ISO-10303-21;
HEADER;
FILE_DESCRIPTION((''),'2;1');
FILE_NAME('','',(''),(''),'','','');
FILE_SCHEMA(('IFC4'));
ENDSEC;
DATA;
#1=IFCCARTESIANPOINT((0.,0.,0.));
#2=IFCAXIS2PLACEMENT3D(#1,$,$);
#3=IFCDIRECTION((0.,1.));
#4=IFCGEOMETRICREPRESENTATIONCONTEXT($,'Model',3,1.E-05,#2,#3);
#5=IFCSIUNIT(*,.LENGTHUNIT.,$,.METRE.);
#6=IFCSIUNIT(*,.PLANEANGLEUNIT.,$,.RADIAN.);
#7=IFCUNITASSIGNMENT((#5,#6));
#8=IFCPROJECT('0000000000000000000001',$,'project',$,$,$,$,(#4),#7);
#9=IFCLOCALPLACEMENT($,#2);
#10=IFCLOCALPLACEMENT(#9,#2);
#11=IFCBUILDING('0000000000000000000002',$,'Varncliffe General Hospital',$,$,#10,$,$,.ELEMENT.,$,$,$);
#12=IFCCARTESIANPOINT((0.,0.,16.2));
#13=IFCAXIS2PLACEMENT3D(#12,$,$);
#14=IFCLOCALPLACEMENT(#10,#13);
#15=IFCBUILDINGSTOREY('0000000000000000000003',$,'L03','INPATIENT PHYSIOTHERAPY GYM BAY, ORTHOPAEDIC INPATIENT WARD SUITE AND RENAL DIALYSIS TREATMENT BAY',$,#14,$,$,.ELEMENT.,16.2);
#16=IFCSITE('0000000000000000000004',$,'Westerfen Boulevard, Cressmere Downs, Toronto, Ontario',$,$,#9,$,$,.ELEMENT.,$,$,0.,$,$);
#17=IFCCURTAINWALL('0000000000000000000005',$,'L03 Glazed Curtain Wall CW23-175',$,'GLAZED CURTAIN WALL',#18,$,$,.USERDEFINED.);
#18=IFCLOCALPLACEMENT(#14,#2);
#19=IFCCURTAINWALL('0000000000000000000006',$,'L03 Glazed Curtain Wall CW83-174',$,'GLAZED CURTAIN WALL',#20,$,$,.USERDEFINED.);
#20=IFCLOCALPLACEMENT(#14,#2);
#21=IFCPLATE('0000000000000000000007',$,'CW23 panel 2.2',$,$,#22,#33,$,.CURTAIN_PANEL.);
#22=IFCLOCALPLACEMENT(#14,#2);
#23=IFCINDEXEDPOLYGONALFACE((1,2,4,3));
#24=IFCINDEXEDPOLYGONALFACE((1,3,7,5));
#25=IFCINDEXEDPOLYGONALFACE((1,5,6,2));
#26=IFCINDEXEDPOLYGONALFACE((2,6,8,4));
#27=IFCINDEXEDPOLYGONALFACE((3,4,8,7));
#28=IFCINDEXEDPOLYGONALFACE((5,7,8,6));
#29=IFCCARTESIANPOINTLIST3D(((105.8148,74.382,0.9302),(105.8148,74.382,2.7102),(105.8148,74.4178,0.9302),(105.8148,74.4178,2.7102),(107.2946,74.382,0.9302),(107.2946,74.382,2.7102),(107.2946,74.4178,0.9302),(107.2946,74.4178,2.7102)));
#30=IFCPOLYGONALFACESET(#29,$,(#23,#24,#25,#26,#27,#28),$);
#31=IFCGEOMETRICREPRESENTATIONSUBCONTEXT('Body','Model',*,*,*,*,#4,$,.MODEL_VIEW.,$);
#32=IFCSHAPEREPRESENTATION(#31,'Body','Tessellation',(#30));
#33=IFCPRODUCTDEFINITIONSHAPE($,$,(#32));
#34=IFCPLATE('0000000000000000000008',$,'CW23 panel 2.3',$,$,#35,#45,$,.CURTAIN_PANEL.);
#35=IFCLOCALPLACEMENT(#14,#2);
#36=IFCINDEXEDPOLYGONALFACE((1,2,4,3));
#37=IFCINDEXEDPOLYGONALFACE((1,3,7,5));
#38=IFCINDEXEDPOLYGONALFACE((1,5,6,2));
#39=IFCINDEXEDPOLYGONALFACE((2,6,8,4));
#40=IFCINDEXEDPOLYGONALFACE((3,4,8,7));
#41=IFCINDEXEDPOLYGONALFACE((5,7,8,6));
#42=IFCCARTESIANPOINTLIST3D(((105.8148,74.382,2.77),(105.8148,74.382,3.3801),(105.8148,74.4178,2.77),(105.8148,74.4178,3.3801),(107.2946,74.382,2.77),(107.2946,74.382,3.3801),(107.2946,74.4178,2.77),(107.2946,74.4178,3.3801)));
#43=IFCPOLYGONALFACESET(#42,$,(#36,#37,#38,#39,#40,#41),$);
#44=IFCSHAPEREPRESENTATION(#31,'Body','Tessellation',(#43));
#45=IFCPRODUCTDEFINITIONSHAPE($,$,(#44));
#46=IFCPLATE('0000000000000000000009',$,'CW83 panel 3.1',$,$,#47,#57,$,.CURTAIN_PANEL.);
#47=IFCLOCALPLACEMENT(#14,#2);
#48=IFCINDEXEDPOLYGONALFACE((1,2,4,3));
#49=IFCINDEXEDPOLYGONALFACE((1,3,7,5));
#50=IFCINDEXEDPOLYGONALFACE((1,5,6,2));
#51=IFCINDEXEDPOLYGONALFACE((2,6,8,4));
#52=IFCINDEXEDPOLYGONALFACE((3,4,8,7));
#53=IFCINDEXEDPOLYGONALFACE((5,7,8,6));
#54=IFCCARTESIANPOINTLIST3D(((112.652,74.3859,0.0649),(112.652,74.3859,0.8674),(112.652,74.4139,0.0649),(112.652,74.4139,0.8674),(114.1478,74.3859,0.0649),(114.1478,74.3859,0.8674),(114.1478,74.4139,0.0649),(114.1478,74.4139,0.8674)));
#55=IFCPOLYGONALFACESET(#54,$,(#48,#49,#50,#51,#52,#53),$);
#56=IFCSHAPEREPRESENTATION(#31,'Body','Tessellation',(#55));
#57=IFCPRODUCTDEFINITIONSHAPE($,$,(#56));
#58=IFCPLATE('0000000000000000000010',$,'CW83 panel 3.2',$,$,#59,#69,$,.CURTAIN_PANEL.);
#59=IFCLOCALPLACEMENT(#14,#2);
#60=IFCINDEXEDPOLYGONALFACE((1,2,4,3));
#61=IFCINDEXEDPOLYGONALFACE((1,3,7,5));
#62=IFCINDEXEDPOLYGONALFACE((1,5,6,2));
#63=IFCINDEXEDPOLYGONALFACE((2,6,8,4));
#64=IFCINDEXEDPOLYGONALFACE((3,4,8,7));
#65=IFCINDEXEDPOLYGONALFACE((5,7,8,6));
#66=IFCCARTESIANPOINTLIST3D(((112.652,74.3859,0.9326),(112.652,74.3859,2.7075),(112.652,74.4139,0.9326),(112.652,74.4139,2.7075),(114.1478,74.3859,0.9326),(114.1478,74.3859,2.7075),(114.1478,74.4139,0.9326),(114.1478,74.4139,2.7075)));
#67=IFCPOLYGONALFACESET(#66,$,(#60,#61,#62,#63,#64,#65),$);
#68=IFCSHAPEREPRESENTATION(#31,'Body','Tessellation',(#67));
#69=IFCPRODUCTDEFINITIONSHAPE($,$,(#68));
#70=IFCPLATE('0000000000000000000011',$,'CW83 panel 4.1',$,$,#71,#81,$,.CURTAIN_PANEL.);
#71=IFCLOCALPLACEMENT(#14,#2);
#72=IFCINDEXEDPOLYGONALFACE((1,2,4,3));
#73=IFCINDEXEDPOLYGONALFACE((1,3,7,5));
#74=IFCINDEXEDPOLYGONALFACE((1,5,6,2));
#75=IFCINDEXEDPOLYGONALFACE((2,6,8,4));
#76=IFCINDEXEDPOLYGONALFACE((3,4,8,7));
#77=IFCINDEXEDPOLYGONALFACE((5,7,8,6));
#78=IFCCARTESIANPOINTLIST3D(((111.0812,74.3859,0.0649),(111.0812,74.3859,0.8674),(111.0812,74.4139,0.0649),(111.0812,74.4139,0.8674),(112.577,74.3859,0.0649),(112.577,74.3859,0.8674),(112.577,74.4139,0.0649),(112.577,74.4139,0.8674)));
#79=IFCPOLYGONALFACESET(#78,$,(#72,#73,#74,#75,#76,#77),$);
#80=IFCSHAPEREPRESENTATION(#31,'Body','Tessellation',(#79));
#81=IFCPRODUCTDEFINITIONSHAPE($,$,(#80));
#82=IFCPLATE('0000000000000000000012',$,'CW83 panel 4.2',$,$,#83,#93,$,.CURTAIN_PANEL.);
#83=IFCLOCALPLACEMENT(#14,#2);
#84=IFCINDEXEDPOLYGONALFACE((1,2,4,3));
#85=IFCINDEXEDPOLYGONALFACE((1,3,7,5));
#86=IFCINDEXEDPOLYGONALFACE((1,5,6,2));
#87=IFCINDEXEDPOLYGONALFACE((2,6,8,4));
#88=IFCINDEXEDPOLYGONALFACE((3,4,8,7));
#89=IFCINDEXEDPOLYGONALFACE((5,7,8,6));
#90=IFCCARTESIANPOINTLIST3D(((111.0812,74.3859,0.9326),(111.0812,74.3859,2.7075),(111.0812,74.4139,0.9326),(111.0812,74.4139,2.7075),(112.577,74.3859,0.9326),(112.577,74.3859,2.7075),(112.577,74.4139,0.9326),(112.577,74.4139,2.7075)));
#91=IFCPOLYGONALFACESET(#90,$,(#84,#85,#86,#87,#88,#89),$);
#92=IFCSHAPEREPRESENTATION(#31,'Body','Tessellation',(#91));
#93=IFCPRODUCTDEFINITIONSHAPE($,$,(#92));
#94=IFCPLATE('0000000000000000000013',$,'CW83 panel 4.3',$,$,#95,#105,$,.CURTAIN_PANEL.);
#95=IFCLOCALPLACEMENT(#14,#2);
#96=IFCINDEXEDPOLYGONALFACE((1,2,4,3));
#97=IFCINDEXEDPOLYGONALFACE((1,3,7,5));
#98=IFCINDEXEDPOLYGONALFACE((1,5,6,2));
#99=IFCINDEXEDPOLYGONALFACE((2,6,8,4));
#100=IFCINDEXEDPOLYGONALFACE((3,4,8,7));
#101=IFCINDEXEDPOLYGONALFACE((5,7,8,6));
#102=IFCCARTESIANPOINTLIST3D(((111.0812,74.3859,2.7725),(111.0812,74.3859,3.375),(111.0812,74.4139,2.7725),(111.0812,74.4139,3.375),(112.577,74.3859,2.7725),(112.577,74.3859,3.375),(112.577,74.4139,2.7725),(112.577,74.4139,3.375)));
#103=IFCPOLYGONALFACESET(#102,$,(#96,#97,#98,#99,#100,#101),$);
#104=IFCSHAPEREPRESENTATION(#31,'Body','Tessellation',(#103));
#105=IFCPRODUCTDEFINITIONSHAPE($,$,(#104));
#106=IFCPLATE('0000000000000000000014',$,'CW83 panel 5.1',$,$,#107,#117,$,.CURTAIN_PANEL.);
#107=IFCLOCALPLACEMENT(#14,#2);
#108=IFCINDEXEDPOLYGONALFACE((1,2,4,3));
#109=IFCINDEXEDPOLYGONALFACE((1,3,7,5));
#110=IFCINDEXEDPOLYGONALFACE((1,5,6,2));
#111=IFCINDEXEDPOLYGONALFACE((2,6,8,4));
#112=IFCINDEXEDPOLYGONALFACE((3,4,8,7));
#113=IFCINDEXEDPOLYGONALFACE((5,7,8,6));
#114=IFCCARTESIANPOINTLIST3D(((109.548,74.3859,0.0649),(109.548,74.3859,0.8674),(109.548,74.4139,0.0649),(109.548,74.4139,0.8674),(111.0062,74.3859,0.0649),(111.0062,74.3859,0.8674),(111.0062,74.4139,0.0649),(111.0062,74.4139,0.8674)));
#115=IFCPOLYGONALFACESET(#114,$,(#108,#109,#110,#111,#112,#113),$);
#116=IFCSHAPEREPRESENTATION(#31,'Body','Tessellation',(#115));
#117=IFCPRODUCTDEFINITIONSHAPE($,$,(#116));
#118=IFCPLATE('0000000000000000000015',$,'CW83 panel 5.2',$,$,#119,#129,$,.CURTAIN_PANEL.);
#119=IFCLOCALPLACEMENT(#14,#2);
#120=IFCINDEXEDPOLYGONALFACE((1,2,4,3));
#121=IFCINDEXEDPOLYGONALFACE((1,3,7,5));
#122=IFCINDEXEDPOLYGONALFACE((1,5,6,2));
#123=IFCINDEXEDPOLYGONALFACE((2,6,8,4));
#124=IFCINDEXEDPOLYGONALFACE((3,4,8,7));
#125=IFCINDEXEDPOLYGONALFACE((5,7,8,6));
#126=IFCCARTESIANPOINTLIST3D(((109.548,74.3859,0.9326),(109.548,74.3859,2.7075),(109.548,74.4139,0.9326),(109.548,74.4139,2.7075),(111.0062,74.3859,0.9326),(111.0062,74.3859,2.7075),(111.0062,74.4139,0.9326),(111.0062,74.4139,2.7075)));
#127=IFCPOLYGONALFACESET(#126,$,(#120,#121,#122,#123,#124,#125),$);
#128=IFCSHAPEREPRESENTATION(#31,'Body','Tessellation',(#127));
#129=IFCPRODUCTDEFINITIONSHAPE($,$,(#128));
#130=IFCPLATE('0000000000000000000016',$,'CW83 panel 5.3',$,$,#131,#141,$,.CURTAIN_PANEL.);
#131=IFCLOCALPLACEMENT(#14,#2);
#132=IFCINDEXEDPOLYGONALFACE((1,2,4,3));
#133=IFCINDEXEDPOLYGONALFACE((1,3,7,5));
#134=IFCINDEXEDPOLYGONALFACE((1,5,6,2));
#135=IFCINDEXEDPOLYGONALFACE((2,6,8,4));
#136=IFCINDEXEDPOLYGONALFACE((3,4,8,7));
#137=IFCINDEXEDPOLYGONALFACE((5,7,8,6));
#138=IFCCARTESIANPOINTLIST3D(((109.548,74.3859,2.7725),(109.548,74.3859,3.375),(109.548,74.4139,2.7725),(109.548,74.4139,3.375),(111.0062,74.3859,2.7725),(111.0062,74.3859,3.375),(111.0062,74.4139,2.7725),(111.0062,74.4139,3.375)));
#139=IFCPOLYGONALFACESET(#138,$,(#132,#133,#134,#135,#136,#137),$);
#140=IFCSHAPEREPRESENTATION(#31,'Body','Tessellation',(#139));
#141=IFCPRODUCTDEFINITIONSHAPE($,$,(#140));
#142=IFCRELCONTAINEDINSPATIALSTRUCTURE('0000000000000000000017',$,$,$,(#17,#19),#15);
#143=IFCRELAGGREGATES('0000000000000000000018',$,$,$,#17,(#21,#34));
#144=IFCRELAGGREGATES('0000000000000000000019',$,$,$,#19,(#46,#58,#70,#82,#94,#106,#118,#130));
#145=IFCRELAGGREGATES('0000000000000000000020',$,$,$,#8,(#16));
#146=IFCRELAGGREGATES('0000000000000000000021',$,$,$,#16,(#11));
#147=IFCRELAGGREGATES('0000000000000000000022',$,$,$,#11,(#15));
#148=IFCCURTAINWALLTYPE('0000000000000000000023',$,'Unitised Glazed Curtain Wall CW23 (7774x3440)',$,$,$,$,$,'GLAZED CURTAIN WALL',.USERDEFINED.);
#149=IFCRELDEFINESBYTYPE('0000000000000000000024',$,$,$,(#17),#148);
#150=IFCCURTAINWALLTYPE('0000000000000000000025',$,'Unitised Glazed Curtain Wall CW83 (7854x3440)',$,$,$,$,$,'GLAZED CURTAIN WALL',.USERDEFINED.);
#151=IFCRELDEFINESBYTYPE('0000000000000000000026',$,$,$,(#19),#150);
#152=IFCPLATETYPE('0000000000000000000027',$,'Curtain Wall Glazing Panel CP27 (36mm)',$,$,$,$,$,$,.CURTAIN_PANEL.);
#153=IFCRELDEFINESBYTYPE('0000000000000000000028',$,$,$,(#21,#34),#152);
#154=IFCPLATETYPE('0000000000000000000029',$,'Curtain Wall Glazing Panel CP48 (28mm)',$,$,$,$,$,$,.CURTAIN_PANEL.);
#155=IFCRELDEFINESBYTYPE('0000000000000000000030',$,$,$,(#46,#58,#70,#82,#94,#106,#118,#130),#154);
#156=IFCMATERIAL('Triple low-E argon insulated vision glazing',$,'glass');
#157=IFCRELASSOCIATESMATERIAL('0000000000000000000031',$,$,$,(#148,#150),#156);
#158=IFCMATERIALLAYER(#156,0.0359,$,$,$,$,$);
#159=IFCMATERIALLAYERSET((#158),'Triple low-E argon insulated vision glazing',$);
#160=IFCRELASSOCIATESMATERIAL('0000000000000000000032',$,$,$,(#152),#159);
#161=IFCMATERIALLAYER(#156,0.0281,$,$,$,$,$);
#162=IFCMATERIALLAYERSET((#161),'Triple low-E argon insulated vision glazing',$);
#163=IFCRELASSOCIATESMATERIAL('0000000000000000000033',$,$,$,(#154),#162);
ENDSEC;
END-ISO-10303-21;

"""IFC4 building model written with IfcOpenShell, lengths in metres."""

from ifc_helpers import new_model, si_unit, direction, frame, origin, origin_2d, place, context, subcontext, project, spatial, rectangle, extrude, material, layer, layer_set, type_object, element, aggregate, save


model = new_model("IFC4")

# Units and contexts
model_context = context("Model", 3, precision=1e-05, world=origin(), true_north=direction((0.0, 1.0)))
body_context = subcontext(model_context, "Body", "Model", "MODEL_VIEW")
ifc_project = project(units=[si_unit("LENGTHUNIT", "METRE"), si_unit("PLANEANGLEUNIT", "RADIAN")], contexts=[model_context])

# Site, building, storey
site_placement = place(None, origin())
site = spatial("IfcSite", under=ifc_project, at=site_placement, Name="Westerfen Boulevard, Cressmere Downs, Toronto, Ontario", CompositionType="ELEMENT", RefElevation=0.0)
building_placement = place(site_placement, origin())
building = spatial("IfcBuilding", under=site, at=building_placement, Name="Varncliffe General Hospital", CompositionType="ELEMENT")
storey_placement = place(building_placement, frame((0.0, 0.0, 16.2)))
storey = spatial("IfcBuildingStorey", under=building, at=storey_placement, Name="L03", Description="INPATIENT PHYSIOTHERAPY GYM BAY, ORTHOPAEDIC INPATIENT WARD SUITE AND RENAL DIALYSIS TREATMENT BAY", CompositionType="ELEMENT", Elevation=16.2)

# Curtain walls
ifc_material_1 = material(Name="Triple low-E argon insulated vision glazing", Category="glass")
curtain_wall_type_1 = type_object("IfcCurtainWallType", Name="Unitised Glazed Curtain Wall CW23 (7774x3440)", ElementType="GLAZED CURTAIN WALL", PredefinedType="USERDEFINED", material=ifc_material_1)
curtain_wall_1_placement = place(storey_placement, origin())
curtain_wall_1 = element("IfcCurtainWall", 1, at=curtain_wall_1_placement, inside=storey, type_object=curtain_wall_type_1, Name="L03 Glazed Curtain Wall CW23-175", ObjectType="GLAZED CURTAIN WALL", PredefinedType="USERDEFINED")
curtain_wall_type_2 = type_object("IfcCurtainWallType", Name="Unitised Glazed Curtain Wall CW83 (7854x3440)", ElementType="GLAZED CURTAIN WALL", PredefinedType="USERDEFINED", material=ifc_material_1)
curtain_wall_2_placement = place(storey_placement, origin())
curtain_wall_2 = element("IfcCurtainWall", 2, at=curtain_wall_2_placement, inside=storey, type_object=curtain_wall_type_2, Name="L03 Glazed Curtain Wall CW83-174", ObjectType="GLAZED CURTAIN WALL", PredefinedType="USERDEFINED")

# Plates
ifc_layer_1 = layer(ifc_material_1, 0.0359)
ifc_layer_set_1 = layer_set([ifc_layer_1], Name="Triple low-E argon insulated vision glazing")
plate_type_1 = type_object("IfcPlateType", Name="Curtain Wall Glazing Panel CP27 (36mm)", PredefinedType="CURTAIN_PANEL", material=ifc_layer_set_1)
plate_1_placement = place(storey_placement, frame((106.5547, 74.3999, 0.9302), z_axis=(0.0, 0.0, 1.0), x_axis=(-1.0, 0.0, 0.0)))
plate_1 = element("IfcPlate", 3, at=plate_1_placement, type_object=plate_type_1, Name="CW23 panel 2.2", PredefinedType="CURTAIN_PANEL", context=body_context, shape_type="SweptSolid", body=[
    extrude(rectangle(XDim=1.4797, YDim=0.0359, at=origin_2d()), origin(), (0.0, 0.0, 1.0), 1.78),
])
plate_2_placement = place(storey_placement, frame((106.5547, 74.3999, 2.77), z_axis=(0.0, 0.0, 1.0), x_axis=(-1.0, 0.0, 0.0)))
plate_2 = element("IfcPlate", 4, at=plate_2_placement, type_object=plate_type_1, Name="CW23 panel 2.3", PredefinedType="CURTAIN_PANEL", context=body_context, shape_type="SweptSolid", body=[
    extrude(rectangle(XDim=1.4797, YDim=0.0359, at=origin_2d()), origin(), (0.0, 0.0, 1.0), 0.6101),
])
aggregate(curtain_wall_1, [plate_1, plate_2])
ifc_layer_2 = layer(ifc_material_1, 0.0281)
ifc_layer_set_2 = layer_set([ifc_layer_2], Name="Triple low-E argon insulated vision glazing")
plate_type_2 = type_object("IfcPlateType", Name="Curtain Wall Glazing Panel CP48 (28mm)", PredefinedType="CURTAIN_PANEL", material=ifc_layer_set_2)
plate_3_placement = place(storey_placement, frame((113.3999, 74.3999, 0.0649), z_axis=(0.0, 0.0, 1.0), x_axis=(-1.0, 0.0, 0.0)))
plate_3 = element("IfcPlate", 5, at=plate_3_placement, type_object=plate_type_2, Name="CW83 panel 3.1", PredefinedType="CURTAIN_PANEL", context=body_context, shape_type="SweptSolid", body=[
    extrude(rectangle(XDim=1.4958, YDim=0.0281, at=origin_2d()), origin(), (0.0, 0.0, 1.0), 0.8025),
])
plate_4_placement = place(storey_placement, frame((113.3999, 74.3999, 0.9326), z_axis=(0.0, 0.0, 1.0), x_axis=(-1.0, 0.0, 0.0)))
plate_4 = element("IfcPlate", 6, at=plate_4_placement, type_object=plate_type_2, Name="CW83 panel 3.2", PredefinedType="CURTAIN_PANEL", context=body_context, shape_type="SweptSolid", body=[
    extrude(rectangle(XDim=1.4958, YDim=0.0281, at=origin_2d()), origin(), (0.0, 0.0, 1.0), 1.7749),
])
plate_5_placement = place(storey_placement, frame((111.8291, 74.3999, 0.0649), z_axis=(0.0, 0.0, 1.0), x_axis=(-1.0, 0.0, 0.0)))
plate_5 = element("IfcPlate", 7, at=plate_5_placement, type_object=plate_type_2, Name="CW83 panel 4.1", PredefinedType="CURTAIN_PANEL", context=body_context, shape_type="SweptSolid", body=[
    extrude(rectangle(XDim=1.4958, YDim=0.0281, at=origin_2d()), origin(), (0.0, 0.0, 1.0), 0.8025),
])
plate_6_placement = place(storey_placement, frame((111.8291, 74.3999, 0.9326), z_axis=(0.0, 0.0, 1.0), x_axis=(-1.0, 0.0, 0.0)))
plate_6 = element("IfcPlate", 8, at=plate_6_placement, type_object=plate_type_2, Name="CW83 panel 4.2", PredefinedType="CURTAIN_PANEL", context=body_context, shape_type="SweptSolid", body=[
    extrude(rectangle(XDim=1.4958, YDim=0.0281, at=origin_2d()), origin(), (0.0, 0.0, 1.0), 1.7749),
])
plate_7_placement = place(storey_placement, frame((111.8291, 74.3999, 2.7725), z_axis=(0.0, 0.0, 1.0), x_axis=(-1.0, 0.0, 0.0)))
plate_7 = element("IfcPlate", 9, at=plate_7_placement, type_object=plate_type_2, Name="CW83 panel 4.3", PredefinedType="CURTAIN_PANEL", context=body_context, shape_type="SweptSolid", body=[
    extrude(rectangle(XDim=1.4958, YDim=0.0281, at=origin_2d()), origin(), (0.0, 0.0, 1.0), 0.6025),
])
plate_8_placement = place(storey_placement, frame((110.2771, 74.3999, 0.0649), z_axis=(0.0, 0.0, 1.0), x_axis=(-1.0, 0.0, 0.0)))
plate_8 = element("IfcPlate", 10, at=plate_8_placement, type_object=plate_type_2, Name="CW83 panel 5.1", PredefinedType="CURTAIN_PANEL", context=body_context, shape_type="SweptSolid", body=[
    extrude(rectangle(XDim=1.4583, YDim=0.0281, at=origin_2d()), origin(), (0.0, 0.0, 1.0), 0.8025),
])
plate_9_placement = place(storey_placement, frame((110.2771, 74.3999, 0.9326), z_axis=(0.0, 0.0, 1.0), x_axis=(-1.0, 0.0, 0.0)))
plate_9 = element("IfcPlate", 11, at=plate_9_placement, type_object=plate_type_2, Name="CW83 panel 5.2", PredefinedType="CURTAIN_PANEL", context=body_context, shape_type="SweptSolid", body=[
    extrude(rectangle(XDim=1.4583, YDim=0.0281, at=origin_2d()), origin(), (0.0, 0.0, 1.0), 1.7749),
])
plate_10_placement = place(storey_placement, frame((110.2771, 74.3999, 2.7725), z_axis=(0.0, 0.0, 1.0), x_axis=(-1.0, 0.0, 0.0)))
plate_10 = element("IfcPlate", 12, at=plate_10_placement, type_object=plate_type_2, Name="CW83 panel 5.3", PredefinedType="CURTAIN_PANEL", context=body_context, shape_type="SweptSolid", body=[
    extrude(rectangle(XDim=1.4583, YDim=0.0281, at=origin_2d()), origin(), (0.0, 0.0, 1.0), 0.6025),
])
aggregate(curtain_wall_2, [plate_3, plate_4, plate_5, plate_6, plate_7, plate_8, plate_9, plate_10])

save(model, "model.ifc")
